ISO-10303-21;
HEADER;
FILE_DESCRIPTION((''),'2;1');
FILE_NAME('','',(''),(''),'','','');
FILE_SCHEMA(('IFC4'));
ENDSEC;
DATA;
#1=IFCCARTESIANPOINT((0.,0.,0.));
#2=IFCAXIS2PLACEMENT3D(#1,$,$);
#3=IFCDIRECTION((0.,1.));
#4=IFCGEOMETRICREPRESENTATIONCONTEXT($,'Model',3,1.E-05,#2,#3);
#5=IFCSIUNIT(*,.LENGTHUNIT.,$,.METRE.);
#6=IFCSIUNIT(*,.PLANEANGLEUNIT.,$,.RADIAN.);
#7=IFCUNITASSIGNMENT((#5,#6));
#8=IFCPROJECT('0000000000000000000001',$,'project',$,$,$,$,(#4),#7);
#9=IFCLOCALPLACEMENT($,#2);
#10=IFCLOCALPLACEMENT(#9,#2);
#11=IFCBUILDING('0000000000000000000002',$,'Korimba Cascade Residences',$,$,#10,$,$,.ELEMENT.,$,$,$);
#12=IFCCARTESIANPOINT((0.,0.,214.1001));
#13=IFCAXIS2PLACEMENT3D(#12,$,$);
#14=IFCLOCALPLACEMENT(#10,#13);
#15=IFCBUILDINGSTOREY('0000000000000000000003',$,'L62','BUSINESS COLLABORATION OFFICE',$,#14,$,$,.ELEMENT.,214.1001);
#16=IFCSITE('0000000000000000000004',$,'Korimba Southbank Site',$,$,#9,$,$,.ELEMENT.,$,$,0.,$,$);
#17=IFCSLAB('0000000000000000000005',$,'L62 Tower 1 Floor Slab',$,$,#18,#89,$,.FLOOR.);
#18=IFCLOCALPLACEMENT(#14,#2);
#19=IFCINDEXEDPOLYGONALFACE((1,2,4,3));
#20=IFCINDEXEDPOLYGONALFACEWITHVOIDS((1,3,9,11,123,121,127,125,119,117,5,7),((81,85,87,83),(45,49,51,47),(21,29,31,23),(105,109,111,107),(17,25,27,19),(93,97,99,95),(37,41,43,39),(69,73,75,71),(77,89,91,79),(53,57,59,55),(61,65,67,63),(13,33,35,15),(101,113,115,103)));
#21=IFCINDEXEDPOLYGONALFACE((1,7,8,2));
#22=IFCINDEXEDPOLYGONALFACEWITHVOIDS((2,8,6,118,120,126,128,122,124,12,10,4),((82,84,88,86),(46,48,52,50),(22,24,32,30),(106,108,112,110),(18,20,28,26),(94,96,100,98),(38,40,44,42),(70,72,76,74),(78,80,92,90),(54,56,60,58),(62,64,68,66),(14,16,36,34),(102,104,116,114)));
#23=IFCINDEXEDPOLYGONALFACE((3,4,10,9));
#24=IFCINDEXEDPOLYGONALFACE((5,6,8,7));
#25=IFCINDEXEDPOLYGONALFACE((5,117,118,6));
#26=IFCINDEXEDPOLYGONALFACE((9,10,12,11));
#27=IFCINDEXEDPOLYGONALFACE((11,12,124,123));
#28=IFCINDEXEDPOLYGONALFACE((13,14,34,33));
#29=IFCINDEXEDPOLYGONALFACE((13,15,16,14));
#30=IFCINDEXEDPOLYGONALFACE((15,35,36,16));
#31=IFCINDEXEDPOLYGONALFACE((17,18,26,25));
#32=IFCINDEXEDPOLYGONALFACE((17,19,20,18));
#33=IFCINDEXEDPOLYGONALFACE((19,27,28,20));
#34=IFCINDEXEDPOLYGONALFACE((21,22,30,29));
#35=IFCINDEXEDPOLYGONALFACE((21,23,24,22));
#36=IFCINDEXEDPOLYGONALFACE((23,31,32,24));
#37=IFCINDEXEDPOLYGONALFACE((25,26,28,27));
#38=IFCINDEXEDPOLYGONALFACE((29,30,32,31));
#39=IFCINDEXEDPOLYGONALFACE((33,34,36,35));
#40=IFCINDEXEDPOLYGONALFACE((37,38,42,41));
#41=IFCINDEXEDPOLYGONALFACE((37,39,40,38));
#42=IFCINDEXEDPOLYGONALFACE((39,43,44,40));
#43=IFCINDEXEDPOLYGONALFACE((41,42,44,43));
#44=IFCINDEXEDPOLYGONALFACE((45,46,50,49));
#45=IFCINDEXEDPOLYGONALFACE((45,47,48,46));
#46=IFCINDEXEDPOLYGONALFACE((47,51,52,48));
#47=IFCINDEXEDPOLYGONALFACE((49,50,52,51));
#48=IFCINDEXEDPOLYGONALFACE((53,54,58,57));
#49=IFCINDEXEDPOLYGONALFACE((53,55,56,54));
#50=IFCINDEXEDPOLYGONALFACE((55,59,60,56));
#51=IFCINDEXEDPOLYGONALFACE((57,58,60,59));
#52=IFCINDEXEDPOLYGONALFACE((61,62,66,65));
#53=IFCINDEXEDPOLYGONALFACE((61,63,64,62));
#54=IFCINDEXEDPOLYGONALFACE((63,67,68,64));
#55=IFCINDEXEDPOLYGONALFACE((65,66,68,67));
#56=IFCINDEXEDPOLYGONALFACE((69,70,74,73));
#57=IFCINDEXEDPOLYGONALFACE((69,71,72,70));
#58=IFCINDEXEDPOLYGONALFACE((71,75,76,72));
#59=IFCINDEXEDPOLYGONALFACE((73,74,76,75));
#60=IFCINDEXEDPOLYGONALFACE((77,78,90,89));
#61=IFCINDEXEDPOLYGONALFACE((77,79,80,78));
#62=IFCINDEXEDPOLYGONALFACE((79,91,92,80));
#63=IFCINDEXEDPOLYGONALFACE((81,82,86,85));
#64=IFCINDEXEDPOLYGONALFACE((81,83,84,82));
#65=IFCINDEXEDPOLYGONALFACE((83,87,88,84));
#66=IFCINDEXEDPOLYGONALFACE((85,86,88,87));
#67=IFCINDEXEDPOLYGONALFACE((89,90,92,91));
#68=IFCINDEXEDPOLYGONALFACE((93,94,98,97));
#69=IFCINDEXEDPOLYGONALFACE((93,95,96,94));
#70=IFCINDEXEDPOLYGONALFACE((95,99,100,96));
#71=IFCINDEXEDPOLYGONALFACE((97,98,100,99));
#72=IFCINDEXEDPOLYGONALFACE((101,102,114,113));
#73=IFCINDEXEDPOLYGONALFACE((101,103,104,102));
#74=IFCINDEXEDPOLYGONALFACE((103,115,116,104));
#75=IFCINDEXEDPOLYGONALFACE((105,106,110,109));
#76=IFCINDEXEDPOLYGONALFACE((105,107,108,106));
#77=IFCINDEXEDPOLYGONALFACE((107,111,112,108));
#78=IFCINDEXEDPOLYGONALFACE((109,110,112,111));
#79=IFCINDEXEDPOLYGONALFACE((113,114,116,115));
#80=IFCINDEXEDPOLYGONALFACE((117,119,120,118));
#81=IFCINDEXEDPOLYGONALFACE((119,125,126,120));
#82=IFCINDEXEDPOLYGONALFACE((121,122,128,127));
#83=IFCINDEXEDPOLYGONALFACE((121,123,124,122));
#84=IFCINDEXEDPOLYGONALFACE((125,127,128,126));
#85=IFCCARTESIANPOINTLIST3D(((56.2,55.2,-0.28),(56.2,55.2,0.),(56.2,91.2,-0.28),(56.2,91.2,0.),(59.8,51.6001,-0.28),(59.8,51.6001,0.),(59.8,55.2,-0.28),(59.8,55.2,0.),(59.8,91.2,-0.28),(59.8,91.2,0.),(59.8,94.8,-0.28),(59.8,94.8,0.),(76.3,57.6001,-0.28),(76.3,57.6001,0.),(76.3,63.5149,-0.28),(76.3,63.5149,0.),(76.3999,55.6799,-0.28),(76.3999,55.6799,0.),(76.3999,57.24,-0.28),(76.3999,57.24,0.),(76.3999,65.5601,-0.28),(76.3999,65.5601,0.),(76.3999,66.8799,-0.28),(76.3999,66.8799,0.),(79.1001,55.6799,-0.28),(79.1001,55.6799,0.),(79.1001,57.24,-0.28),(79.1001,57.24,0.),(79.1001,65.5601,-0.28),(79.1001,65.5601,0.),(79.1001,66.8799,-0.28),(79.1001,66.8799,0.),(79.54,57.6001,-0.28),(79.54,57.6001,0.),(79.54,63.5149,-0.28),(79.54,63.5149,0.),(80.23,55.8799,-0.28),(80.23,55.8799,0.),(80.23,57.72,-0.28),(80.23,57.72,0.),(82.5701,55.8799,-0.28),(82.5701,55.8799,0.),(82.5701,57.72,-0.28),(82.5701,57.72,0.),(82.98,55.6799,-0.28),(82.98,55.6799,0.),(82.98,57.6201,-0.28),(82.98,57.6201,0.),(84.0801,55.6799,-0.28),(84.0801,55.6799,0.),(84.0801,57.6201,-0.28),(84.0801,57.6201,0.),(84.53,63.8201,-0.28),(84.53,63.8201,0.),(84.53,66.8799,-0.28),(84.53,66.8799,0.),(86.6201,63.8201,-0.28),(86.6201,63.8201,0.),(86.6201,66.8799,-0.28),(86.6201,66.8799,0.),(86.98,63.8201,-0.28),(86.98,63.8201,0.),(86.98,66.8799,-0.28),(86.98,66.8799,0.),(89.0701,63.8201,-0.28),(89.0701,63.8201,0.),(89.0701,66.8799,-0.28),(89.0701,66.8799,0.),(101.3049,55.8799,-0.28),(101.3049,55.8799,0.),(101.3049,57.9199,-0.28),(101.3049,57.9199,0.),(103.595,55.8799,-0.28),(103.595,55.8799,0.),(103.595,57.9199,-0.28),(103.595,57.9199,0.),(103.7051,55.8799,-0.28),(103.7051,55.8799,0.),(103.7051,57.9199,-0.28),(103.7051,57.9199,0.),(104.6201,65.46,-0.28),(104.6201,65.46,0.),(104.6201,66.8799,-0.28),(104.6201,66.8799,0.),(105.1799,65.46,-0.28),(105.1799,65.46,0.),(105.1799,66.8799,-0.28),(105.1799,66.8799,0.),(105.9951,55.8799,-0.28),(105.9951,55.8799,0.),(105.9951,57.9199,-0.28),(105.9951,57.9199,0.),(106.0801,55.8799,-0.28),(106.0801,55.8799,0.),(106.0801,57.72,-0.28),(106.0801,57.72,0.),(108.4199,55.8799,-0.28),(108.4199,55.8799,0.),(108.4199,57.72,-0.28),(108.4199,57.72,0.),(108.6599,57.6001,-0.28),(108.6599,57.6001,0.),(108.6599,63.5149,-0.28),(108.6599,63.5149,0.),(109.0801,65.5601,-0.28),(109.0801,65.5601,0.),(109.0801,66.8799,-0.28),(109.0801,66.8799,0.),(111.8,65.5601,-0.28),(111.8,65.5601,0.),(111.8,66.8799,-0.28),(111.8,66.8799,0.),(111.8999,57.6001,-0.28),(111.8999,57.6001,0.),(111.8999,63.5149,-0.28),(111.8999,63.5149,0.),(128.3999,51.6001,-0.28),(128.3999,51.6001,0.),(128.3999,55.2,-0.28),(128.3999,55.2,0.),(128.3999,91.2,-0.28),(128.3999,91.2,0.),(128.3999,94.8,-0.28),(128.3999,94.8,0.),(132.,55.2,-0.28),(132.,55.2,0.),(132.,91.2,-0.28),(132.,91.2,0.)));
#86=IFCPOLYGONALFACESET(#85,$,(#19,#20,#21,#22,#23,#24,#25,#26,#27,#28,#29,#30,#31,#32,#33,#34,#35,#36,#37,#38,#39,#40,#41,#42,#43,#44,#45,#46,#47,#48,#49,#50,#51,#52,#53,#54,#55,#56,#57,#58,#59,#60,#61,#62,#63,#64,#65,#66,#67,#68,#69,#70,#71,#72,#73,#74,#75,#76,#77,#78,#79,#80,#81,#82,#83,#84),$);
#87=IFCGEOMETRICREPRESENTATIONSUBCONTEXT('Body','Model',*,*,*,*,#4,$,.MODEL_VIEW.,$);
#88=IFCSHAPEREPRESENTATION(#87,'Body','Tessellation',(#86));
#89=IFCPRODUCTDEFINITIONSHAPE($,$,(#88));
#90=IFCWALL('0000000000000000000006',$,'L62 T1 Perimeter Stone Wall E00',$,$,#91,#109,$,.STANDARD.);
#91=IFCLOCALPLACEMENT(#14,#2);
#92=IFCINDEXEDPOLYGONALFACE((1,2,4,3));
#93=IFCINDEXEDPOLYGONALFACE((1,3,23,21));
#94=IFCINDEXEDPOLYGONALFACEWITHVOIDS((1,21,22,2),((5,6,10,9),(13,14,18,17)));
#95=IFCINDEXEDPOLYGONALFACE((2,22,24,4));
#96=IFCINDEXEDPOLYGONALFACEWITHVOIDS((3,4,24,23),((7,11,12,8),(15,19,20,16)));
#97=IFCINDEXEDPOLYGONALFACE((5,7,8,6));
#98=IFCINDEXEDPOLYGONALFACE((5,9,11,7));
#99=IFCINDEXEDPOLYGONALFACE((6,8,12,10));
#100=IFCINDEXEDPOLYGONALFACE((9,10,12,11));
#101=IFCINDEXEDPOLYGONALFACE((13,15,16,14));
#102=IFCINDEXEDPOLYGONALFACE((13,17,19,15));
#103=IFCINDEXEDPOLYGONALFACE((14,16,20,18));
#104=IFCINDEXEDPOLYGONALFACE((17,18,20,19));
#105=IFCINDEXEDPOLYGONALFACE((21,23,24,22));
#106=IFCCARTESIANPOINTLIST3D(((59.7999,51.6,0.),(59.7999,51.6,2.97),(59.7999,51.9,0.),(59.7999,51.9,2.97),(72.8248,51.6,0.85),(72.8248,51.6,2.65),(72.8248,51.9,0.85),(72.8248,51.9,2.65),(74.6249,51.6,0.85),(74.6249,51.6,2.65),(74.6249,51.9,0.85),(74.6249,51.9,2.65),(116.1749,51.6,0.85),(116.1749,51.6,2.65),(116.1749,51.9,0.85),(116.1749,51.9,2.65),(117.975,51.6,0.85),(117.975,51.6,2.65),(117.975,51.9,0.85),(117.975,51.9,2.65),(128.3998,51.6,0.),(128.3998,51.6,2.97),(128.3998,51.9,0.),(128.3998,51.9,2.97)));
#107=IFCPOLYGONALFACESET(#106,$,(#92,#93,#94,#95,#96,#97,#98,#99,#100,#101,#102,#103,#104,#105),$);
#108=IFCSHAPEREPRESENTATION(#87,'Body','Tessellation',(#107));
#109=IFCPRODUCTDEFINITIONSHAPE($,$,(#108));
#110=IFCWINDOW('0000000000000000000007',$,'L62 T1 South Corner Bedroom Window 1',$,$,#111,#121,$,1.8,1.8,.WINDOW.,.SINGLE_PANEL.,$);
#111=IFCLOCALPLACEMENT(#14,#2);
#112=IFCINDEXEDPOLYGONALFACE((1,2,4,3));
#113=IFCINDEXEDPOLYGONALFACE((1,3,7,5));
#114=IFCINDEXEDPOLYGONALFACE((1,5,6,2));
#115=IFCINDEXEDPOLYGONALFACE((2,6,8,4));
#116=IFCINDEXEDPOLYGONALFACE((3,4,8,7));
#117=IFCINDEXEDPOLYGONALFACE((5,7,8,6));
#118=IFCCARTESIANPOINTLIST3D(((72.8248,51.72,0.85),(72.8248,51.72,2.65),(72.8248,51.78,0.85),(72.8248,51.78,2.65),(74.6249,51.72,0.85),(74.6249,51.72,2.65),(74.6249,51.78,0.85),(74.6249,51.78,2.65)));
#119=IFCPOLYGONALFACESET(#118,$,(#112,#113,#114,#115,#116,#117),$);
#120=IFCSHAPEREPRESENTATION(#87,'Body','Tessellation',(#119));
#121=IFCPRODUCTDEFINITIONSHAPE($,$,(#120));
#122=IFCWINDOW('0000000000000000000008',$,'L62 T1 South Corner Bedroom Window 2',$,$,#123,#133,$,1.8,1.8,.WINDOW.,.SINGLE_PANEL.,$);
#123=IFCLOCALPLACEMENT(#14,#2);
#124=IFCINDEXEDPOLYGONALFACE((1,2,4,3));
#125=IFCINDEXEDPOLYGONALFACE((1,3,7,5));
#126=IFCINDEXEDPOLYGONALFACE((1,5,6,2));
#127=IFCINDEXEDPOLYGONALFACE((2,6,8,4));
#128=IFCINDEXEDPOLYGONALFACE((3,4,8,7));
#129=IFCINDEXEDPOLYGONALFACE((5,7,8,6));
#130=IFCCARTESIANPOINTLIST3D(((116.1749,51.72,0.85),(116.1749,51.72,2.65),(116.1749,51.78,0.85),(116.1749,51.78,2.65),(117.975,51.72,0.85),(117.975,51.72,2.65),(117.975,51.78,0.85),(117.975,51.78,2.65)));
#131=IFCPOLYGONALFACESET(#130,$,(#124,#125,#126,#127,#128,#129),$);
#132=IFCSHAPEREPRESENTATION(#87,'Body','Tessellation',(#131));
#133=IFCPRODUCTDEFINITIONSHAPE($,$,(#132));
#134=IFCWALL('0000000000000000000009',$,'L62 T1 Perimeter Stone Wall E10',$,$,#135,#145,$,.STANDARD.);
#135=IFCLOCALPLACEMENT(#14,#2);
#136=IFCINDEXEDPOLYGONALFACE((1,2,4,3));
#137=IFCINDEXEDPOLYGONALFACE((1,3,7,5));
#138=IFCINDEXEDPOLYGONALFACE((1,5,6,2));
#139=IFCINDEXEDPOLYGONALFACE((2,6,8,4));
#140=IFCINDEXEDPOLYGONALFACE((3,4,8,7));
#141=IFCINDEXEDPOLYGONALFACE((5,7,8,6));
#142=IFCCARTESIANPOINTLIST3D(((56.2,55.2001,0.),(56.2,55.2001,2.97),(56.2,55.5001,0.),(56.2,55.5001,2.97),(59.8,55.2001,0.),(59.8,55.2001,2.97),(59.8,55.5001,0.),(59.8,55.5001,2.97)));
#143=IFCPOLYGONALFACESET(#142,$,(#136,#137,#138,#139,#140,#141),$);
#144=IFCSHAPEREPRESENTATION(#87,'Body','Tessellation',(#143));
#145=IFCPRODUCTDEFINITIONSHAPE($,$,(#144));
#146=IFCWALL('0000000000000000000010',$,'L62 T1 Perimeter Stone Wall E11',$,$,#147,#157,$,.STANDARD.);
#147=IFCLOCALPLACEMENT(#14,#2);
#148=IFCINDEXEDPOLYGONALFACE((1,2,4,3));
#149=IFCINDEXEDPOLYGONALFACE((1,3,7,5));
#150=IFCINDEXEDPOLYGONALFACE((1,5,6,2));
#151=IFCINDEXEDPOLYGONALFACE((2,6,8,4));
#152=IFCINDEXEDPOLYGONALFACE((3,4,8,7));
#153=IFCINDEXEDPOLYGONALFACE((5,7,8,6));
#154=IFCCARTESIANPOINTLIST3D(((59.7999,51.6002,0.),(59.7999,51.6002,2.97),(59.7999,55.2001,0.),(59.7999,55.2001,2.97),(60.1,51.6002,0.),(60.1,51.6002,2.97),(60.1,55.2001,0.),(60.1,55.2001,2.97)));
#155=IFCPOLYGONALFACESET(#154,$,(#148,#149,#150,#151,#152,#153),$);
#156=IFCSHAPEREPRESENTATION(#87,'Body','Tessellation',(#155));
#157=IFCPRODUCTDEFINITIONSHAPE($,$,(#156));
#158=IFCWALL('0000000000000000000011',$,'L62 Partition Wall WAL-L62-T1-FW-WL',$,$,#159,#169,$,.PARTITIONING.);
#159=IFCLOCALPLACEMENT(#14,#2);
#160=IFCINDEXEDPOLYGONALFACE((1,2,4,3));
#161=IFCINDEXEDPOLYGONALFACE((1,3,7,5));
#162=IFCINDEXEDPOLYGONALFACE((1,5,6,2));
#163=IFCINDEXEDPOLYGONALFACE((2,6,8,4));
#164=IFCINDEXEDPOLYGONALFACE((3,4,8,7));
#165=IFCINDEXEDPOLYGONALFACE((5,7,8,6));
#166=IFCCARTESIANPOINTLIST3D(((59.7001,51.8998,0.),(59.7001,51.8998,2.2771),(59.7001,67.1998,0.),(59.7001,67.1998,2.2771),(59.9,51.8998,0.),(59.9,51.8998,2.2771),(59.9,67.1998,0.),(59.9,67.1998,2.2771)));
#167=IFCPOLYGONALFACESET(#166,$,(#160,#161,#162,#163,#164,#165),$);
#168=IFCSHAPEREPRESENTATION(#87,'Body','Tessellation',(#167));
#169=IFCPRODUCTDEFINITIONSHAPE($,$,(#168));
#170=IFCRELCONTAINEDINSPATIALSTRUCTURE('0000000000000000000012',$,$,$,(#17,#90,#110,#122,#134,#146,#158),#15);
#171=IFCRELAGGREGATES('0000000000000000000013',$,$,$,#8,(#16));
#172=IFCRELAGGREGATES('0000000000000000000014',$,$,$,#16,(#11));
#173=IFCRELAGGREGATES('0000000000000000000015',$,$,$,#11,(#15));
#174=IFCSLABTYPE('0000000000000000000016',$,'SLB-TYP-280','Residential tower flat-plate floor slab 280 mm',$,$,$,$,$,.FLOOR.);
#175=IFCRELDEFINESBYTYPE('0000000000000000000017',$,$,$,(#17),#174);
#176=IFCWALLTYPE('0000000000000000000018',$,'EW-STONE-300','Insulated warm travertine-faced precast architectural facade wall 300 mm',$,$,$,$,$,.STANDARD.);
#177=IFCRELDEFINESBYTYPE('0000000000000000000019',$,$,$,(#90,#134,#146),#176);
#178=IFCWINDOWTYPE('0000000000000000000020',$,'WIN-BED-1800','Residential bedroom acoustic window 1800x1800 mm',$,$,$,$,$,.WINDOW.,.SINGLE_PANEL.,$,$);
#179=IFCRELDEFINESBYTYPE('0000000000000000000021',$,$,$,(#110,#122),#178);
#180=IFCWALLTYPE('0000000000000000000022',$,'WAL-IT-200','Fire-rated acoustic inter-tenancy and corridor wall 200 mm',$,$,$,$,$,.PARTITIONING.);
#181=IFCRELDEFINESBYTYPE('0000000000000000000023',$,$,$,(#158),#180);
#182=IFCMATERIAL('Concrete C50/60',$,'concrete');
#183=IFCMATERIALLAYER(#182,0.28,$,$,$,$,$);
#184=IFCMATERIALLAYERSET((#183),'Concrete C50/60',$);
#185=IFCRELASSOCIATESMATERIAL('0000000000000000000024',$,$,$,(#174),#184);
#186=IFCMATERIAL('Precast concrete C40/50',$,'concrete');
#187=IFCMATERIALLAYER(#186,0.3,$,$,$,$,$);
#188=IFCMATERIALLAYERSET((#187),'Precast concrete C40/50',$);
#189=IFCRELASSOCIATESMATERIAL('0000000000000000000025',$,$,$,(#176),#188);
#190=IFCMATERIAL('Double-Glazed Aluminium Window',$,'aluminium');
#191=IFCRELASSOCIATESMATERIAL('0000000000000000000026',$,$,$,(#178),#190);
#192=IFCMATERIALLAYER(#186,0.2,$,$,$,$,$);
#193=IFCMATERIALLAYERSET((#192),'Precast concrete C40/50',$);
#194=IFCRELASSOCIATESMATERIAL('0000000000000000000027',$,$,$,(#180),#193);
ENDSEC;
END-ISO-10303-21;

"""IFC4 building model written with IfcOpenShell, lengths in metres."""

from ifc_helpers import new_model, si_unit, direction, frame, frame_2d, origin, place, context, subcontext, project, spatial, polyline, rectangle, outline, extrude, material, layer, layer_set, type_object, element, fill, save


model = new_model("IFC4")

# Units and contexts
model_context = context("Model", 3, precision=1e-05, world=origin(), true_north=direction((0.0, 1.0)))
body_context = subcontext(model_context, "Body", "Model", "MODEL_VIEW")
ifc_project = project(units=[si_unit("LENGTHUNIT", "METRE"), si_unit("PLANEANGLEUNIT", "RADIAN")], contexts=[model_context])

# Site, building, storey
site_placement = place(None, origin())
site = spatial("IfcSite", under=ifc_project, at=site_placement, Name="Korimba Southbank Site", CompositionType="ELEMENT", RefElevation=0.0)
building_placement = place(site_placement, origin())
building = spatial("IfcBuilding", under=site, at=building_placement, Name="Korimba Cascade Residences", CompositionType="ELEMENT")
storey_placement = place(building_placement, frame((0.0, 0.0, 214.1001)))
storey = spatial("IfcBuildingStorey", under=building, at=storey_placement, Name="L62", Description="BUSINESS COLLABORATION OFFICE", CompositionType="ELEMENT", Elevation=214.1001)

# Shared definitions
ifc_material_1 = material(Name="Concrete C50/60", Category="concrete")

# Slab
ifc_material_2 = material(Name="Precast concrete C40/50", Category="concrete")
ifc_layer_1 = layer(ifc_material_1, 0.28)
ifc_layer_set_1 = layer_set([ifc_layer_1], Name="Concrete C50/60")
slab_type_1 = type_object("IfcSlabType", Name="SLB-TYP-280", Description="Residential tower flat-plate floor slab 280 mm", PredefinedType="FLOOR", material=ifc_layer_set_1)
slab_1_placement = place(storey_placement, frame((0.0, 0.0, -0.28)))
element("IfcSlab", 1, at=slab_1_placement, inside=storey, type_object=slab_type_1, Name="L62 Tower 1 Floor Slab", PredefinedType="FLOOR", context=body_context, shape_type="SweptSolid", body=[
    extrude(outline(polyline([(59.8, 51.6001), (128.3999, 51.6001), (128.3999, 55.2), (132.0, 55.2), (132.0, 91.2), (128.3999, 91.2), (128.3999, 94.8), (59.8, 94.8), (59.8, 91.2), (56.2, 91.2), (56.2, 55.2), (59.8, 55.2), (59.8, 51.6001)]), holes=[polyline([(76.3, 63.5149), (76.3, 57.6001), (79.54, 57.6001), (79.54, 63.5149), (76.3, 63.5149)]), polyline([(108.6599, 63.5149), (108.6599, 57.6001), (111.8999, 57.6001), (111.8999, 63.5149), (108.6599, 63.5149)]), polyline([(80.23, 55.8799), (82.5701, 55.8799), (82.5701, 57.72), (80.23, 57.72), (80.23, 55.8799)]), polyline([(106.0801, 55.8799), (108.4199, 55.8799), (108.4199, 57.72), (106.0801, 57.72), (106.0801, 55.8799)]), polyline([(101.3049, 55.8799), (103.595, 55.8799), (103.595, 57.9199), (101.3049, 57.9199), (101.3049, 55.8799)]), polyline([(103.7051, 55.8799), (105.9951, 55.8799), (105.9951, 57.9199), (103.7051, 57.9199), (103.7051, 55.8799)]), polyline([(82.98, 55.6799), (84.0801, 55.6799), (84.0801, 57.6201), (82.98, 57.6201), (82.98, 55.6799)]), polyline([(76.3999, 65.5601), (79.1001, 65.5601), (79.1001, 66.8799), (76.3999, 66.8799), (76.3999, 65.5601)]), polyline([(76.3999, 55.6799), (79.1001, 55.6799), (79.1001, 57.24), (76.3999, 57.24), (76.3999, 55.6799)]), polyline([(84.53, 63.8201), (86.6201, 63.8201), (86.6201, 66.8799), (84.53, 66.8799), (84.53, 63.8201)]), polyline([(86.98, 63.8201), (89.0701, 63.8201), (89.0701, 66.8799), (86.98, 66.8799), (86.98, 63.8201)]), polyline([(104.6201, 65.46), (105.1799, 65.46), (105.1799, 66.8799), (104.6201, 66.8799), (104.6201, 65.46)]), polyline([(109.0801, 65.5601), (111.8, 65.5601), (111.8, 66.8799), (109.0801, 66.8799), (109.0801, 65.5601)])]), origin(), (0.0, 0.0, 1.0), 0.28),
])

# Wall, openings, windows
ifc_layer_2 = layer(ifc_material_2, 0.3)
ifc_layer_set_2 = layer_set([ifc_layer_2], Name="Precast concrete C40/50")
wall_type_1 = type_object("IfcWallType", Name="EW-STONE-300", Description="Insulated warm travertine-faced precast architectural facade wall 300 mm", PredefinedType="STANDARD", material=ifc_layer_set_2)
wall_1_placement = place(storey_placement, frame((59.8, 51.75, 0.0), z_axis=(0.0, 0.0, 1.0), x_axis=(1.0, 0.0, 0.0)))
wall_1 = element("IfcWall", 2, at=wall_1_placement, inside=storey, type_object=wall_type_1, Name="L62 T1 Perimeter Stone Wall E00", PredefinedType="STANDARD", context=body_context, shape_type="SweptSolid", body=[
    extrude(rectangle(XDim=68.5999, YDim=0.3, at=frame_2d((34.2998, 0.0))), origin(), (0.0, 0.0, 1.0), 2.97),
])
opening_1_placement = place(wall_1_placement, frame((13.0249, 0.0, 0.8501)))
opening_1 = element("IfcOpeningElement", 3, at=opening_1_placement, cuts=wall_1, PredefinedType="OPENING", context=body_context, shape_type="SweptSolid", body=[
    extrude(rectangle(XDim=1.8, YDim=1.8, at=frame_2d((0.8999, 0.8999))), frame((0.0, 0.1602, 0.0), z_axis=(0.0, -1.0, 0.0), x_axis=(1.0, 0.0, 0.0)), (0.0, 0.0, 1.0), 0.3201),
])
opening_2_placement = place(wall_1_placement, frame((56.375, 0.0, 0.8501)))
opening_2 = element("IfcOpeningElement", 4, at=opening_2_placement, cuts=wall_1, PredefinedType="OPENING", context=body_context, shape_type="SweptSolid", body=[
    extrude(rectangle(XDim=1.8, YDim=1.8, at=frame_2d((0.8999, 0.8999))), frame((0.0, 0.1602, 0.0), z_axis=(0.0, -1.0, 0.0), x_axis=(1.0, 0.0, 0.0)), (0.0, 0.0, 1.0), 0.3201),
])
ifc_material_3 = material(Name="Double-Glazed Aluminium Window", Category="aluminium")
window_type = type_object("IfcWindowType", Name="WIN-BED-1800", Description="Residential bedroom acoustic window 1800x1800 mm", PartitioningType="SINGLE_PANEL", PredefinedType="WINDOW", material=ifc_material_3)
window_1_placement = place(opening_1_placement, origin())
window_1 = element("IfcWindow", 5, at=window_1_placement, inside=storey, type_object=window_type, Name="L62 T1 South Corner Bedroom Window 1", OverallHeight=1.8, OverallWidth=1.8, PartitioningType="SINGLE_PANEL", PredefinedType="WINDOW", context=body_context, shape_type="SweptSolid", body=[
    extrude(rectangle(XDim=1.8, YDim=1.8, at=frame_2d((0.8999, 0.8999))), frame((0.0, 0.03, 0.0), z_axis=(0.0, -1.0, 0.0), x_axis=(1.0, 0.0, 0.0)), (0.0, 0.0, 1.0), 0.0601),
])
fill(opening_1, window_1)
window_2_placement = place(opening_2_placement, origin())
window_2 = element("IfcWindow", 6, at=window_2_placement, inside=storey, type_object=window_type, Name="L62 T1 South Corner Bedroom Window 2", OverallHeight=1.8, OverallWidth=1.8, PartitioningType="SINGLE_PANEL", PredefinedType="WINDOW", context=body_context, shape_type="SweptSolid", body=[
    extrude(rectangle(XDim=1.8, YDim=1.8, at=frame_2d((0.8999, 0.8999))), frame((0.0, 0.03, 0.0), z_axis=(0.0, -1.0, 0.0), x_axis=(1.0, 0.0, 0.0)), (0.0, 0.0, 1.0), 0.0601),
])
fill(opening_2, window_2)

# Walls
wall_2_placement = place(storey_placement, frame((56.2, 55.3501, 0.0), z_axis=(0.0, 0.0, 1.0), x_axis=(1.0, 0.0, 0.0)))
element("IfcWall", 7, at=wall_2_placement, inside=storey, type_object=wall_type_1, Name="L62 T1 Perimeter Stone Wall E10", PredefinedType="STANDARD", context=body_context, shape_type="SweptSolid", body=[
    extrude(rectangle(XDim=3.6001, YDim=0.3, at=frame_2d((1.8, 0.0))), origin(), (0.0, 0.0, 1.0), 2.97),
])
wall_3_placement = place(storey_placement, frame((59.95, 55.2, 0.0), z_axis=(0.0, 0.0, 1.0), x_axis=(0.0, -1.0, 0.0)))
element("IfcWall", 8, at=wall_3_placement, inside=storey, type_object=wall_type_1, Name="L62 T1 Perimeter Stone Wall E11", PredefinedType="STANDARD", context=body_context, shape_type="SweptSolid", body=[
    extrude(rectangle(XDim=3.5999, YDim=0.3, at=frame_2d((1.7998, 0.0))), origin(), (0.0, 0.0, 1.0), 2.97),
])
ifc_layer_3 = layer(ifc_material_2, 0.2)
ifc_layer_set_3 = layer_set([ifc_layer_3], Name="Precast concrete C40/50")
wall_type_2 = type_object("IfcWallType", Name="WAL-IT-200", Description="Fire-rated acoustic inter-tenancy and corridor wall 200 mm", PredefinedType="PARTITIONING", material=ifc_layer_set_3)
wall_4_placement = place(storey_placement, frame((59.8, 51.8999, 0.0), z_axis=(0.0, 0.0, 1.0), x_axis=(0.0, 1.0, 0.0)))
element("IfcWall", 9, at=wall_4_placement, inside=storey, type_object=wall_type_2, Name="L62 Partition Wall WAL-L62-T1-FW-WL", PredefinedType="PARTITIONING", context=body_context, shape_type="SweptSolid", body=[
    extrude(rectangle(XDim=15.3, YDim=0.2, at=frame_2d((7.6499, 0.0))), origin(), (0.0, 0.0, 1.0), 2.2771),
])

save(model, "model.ifc")
